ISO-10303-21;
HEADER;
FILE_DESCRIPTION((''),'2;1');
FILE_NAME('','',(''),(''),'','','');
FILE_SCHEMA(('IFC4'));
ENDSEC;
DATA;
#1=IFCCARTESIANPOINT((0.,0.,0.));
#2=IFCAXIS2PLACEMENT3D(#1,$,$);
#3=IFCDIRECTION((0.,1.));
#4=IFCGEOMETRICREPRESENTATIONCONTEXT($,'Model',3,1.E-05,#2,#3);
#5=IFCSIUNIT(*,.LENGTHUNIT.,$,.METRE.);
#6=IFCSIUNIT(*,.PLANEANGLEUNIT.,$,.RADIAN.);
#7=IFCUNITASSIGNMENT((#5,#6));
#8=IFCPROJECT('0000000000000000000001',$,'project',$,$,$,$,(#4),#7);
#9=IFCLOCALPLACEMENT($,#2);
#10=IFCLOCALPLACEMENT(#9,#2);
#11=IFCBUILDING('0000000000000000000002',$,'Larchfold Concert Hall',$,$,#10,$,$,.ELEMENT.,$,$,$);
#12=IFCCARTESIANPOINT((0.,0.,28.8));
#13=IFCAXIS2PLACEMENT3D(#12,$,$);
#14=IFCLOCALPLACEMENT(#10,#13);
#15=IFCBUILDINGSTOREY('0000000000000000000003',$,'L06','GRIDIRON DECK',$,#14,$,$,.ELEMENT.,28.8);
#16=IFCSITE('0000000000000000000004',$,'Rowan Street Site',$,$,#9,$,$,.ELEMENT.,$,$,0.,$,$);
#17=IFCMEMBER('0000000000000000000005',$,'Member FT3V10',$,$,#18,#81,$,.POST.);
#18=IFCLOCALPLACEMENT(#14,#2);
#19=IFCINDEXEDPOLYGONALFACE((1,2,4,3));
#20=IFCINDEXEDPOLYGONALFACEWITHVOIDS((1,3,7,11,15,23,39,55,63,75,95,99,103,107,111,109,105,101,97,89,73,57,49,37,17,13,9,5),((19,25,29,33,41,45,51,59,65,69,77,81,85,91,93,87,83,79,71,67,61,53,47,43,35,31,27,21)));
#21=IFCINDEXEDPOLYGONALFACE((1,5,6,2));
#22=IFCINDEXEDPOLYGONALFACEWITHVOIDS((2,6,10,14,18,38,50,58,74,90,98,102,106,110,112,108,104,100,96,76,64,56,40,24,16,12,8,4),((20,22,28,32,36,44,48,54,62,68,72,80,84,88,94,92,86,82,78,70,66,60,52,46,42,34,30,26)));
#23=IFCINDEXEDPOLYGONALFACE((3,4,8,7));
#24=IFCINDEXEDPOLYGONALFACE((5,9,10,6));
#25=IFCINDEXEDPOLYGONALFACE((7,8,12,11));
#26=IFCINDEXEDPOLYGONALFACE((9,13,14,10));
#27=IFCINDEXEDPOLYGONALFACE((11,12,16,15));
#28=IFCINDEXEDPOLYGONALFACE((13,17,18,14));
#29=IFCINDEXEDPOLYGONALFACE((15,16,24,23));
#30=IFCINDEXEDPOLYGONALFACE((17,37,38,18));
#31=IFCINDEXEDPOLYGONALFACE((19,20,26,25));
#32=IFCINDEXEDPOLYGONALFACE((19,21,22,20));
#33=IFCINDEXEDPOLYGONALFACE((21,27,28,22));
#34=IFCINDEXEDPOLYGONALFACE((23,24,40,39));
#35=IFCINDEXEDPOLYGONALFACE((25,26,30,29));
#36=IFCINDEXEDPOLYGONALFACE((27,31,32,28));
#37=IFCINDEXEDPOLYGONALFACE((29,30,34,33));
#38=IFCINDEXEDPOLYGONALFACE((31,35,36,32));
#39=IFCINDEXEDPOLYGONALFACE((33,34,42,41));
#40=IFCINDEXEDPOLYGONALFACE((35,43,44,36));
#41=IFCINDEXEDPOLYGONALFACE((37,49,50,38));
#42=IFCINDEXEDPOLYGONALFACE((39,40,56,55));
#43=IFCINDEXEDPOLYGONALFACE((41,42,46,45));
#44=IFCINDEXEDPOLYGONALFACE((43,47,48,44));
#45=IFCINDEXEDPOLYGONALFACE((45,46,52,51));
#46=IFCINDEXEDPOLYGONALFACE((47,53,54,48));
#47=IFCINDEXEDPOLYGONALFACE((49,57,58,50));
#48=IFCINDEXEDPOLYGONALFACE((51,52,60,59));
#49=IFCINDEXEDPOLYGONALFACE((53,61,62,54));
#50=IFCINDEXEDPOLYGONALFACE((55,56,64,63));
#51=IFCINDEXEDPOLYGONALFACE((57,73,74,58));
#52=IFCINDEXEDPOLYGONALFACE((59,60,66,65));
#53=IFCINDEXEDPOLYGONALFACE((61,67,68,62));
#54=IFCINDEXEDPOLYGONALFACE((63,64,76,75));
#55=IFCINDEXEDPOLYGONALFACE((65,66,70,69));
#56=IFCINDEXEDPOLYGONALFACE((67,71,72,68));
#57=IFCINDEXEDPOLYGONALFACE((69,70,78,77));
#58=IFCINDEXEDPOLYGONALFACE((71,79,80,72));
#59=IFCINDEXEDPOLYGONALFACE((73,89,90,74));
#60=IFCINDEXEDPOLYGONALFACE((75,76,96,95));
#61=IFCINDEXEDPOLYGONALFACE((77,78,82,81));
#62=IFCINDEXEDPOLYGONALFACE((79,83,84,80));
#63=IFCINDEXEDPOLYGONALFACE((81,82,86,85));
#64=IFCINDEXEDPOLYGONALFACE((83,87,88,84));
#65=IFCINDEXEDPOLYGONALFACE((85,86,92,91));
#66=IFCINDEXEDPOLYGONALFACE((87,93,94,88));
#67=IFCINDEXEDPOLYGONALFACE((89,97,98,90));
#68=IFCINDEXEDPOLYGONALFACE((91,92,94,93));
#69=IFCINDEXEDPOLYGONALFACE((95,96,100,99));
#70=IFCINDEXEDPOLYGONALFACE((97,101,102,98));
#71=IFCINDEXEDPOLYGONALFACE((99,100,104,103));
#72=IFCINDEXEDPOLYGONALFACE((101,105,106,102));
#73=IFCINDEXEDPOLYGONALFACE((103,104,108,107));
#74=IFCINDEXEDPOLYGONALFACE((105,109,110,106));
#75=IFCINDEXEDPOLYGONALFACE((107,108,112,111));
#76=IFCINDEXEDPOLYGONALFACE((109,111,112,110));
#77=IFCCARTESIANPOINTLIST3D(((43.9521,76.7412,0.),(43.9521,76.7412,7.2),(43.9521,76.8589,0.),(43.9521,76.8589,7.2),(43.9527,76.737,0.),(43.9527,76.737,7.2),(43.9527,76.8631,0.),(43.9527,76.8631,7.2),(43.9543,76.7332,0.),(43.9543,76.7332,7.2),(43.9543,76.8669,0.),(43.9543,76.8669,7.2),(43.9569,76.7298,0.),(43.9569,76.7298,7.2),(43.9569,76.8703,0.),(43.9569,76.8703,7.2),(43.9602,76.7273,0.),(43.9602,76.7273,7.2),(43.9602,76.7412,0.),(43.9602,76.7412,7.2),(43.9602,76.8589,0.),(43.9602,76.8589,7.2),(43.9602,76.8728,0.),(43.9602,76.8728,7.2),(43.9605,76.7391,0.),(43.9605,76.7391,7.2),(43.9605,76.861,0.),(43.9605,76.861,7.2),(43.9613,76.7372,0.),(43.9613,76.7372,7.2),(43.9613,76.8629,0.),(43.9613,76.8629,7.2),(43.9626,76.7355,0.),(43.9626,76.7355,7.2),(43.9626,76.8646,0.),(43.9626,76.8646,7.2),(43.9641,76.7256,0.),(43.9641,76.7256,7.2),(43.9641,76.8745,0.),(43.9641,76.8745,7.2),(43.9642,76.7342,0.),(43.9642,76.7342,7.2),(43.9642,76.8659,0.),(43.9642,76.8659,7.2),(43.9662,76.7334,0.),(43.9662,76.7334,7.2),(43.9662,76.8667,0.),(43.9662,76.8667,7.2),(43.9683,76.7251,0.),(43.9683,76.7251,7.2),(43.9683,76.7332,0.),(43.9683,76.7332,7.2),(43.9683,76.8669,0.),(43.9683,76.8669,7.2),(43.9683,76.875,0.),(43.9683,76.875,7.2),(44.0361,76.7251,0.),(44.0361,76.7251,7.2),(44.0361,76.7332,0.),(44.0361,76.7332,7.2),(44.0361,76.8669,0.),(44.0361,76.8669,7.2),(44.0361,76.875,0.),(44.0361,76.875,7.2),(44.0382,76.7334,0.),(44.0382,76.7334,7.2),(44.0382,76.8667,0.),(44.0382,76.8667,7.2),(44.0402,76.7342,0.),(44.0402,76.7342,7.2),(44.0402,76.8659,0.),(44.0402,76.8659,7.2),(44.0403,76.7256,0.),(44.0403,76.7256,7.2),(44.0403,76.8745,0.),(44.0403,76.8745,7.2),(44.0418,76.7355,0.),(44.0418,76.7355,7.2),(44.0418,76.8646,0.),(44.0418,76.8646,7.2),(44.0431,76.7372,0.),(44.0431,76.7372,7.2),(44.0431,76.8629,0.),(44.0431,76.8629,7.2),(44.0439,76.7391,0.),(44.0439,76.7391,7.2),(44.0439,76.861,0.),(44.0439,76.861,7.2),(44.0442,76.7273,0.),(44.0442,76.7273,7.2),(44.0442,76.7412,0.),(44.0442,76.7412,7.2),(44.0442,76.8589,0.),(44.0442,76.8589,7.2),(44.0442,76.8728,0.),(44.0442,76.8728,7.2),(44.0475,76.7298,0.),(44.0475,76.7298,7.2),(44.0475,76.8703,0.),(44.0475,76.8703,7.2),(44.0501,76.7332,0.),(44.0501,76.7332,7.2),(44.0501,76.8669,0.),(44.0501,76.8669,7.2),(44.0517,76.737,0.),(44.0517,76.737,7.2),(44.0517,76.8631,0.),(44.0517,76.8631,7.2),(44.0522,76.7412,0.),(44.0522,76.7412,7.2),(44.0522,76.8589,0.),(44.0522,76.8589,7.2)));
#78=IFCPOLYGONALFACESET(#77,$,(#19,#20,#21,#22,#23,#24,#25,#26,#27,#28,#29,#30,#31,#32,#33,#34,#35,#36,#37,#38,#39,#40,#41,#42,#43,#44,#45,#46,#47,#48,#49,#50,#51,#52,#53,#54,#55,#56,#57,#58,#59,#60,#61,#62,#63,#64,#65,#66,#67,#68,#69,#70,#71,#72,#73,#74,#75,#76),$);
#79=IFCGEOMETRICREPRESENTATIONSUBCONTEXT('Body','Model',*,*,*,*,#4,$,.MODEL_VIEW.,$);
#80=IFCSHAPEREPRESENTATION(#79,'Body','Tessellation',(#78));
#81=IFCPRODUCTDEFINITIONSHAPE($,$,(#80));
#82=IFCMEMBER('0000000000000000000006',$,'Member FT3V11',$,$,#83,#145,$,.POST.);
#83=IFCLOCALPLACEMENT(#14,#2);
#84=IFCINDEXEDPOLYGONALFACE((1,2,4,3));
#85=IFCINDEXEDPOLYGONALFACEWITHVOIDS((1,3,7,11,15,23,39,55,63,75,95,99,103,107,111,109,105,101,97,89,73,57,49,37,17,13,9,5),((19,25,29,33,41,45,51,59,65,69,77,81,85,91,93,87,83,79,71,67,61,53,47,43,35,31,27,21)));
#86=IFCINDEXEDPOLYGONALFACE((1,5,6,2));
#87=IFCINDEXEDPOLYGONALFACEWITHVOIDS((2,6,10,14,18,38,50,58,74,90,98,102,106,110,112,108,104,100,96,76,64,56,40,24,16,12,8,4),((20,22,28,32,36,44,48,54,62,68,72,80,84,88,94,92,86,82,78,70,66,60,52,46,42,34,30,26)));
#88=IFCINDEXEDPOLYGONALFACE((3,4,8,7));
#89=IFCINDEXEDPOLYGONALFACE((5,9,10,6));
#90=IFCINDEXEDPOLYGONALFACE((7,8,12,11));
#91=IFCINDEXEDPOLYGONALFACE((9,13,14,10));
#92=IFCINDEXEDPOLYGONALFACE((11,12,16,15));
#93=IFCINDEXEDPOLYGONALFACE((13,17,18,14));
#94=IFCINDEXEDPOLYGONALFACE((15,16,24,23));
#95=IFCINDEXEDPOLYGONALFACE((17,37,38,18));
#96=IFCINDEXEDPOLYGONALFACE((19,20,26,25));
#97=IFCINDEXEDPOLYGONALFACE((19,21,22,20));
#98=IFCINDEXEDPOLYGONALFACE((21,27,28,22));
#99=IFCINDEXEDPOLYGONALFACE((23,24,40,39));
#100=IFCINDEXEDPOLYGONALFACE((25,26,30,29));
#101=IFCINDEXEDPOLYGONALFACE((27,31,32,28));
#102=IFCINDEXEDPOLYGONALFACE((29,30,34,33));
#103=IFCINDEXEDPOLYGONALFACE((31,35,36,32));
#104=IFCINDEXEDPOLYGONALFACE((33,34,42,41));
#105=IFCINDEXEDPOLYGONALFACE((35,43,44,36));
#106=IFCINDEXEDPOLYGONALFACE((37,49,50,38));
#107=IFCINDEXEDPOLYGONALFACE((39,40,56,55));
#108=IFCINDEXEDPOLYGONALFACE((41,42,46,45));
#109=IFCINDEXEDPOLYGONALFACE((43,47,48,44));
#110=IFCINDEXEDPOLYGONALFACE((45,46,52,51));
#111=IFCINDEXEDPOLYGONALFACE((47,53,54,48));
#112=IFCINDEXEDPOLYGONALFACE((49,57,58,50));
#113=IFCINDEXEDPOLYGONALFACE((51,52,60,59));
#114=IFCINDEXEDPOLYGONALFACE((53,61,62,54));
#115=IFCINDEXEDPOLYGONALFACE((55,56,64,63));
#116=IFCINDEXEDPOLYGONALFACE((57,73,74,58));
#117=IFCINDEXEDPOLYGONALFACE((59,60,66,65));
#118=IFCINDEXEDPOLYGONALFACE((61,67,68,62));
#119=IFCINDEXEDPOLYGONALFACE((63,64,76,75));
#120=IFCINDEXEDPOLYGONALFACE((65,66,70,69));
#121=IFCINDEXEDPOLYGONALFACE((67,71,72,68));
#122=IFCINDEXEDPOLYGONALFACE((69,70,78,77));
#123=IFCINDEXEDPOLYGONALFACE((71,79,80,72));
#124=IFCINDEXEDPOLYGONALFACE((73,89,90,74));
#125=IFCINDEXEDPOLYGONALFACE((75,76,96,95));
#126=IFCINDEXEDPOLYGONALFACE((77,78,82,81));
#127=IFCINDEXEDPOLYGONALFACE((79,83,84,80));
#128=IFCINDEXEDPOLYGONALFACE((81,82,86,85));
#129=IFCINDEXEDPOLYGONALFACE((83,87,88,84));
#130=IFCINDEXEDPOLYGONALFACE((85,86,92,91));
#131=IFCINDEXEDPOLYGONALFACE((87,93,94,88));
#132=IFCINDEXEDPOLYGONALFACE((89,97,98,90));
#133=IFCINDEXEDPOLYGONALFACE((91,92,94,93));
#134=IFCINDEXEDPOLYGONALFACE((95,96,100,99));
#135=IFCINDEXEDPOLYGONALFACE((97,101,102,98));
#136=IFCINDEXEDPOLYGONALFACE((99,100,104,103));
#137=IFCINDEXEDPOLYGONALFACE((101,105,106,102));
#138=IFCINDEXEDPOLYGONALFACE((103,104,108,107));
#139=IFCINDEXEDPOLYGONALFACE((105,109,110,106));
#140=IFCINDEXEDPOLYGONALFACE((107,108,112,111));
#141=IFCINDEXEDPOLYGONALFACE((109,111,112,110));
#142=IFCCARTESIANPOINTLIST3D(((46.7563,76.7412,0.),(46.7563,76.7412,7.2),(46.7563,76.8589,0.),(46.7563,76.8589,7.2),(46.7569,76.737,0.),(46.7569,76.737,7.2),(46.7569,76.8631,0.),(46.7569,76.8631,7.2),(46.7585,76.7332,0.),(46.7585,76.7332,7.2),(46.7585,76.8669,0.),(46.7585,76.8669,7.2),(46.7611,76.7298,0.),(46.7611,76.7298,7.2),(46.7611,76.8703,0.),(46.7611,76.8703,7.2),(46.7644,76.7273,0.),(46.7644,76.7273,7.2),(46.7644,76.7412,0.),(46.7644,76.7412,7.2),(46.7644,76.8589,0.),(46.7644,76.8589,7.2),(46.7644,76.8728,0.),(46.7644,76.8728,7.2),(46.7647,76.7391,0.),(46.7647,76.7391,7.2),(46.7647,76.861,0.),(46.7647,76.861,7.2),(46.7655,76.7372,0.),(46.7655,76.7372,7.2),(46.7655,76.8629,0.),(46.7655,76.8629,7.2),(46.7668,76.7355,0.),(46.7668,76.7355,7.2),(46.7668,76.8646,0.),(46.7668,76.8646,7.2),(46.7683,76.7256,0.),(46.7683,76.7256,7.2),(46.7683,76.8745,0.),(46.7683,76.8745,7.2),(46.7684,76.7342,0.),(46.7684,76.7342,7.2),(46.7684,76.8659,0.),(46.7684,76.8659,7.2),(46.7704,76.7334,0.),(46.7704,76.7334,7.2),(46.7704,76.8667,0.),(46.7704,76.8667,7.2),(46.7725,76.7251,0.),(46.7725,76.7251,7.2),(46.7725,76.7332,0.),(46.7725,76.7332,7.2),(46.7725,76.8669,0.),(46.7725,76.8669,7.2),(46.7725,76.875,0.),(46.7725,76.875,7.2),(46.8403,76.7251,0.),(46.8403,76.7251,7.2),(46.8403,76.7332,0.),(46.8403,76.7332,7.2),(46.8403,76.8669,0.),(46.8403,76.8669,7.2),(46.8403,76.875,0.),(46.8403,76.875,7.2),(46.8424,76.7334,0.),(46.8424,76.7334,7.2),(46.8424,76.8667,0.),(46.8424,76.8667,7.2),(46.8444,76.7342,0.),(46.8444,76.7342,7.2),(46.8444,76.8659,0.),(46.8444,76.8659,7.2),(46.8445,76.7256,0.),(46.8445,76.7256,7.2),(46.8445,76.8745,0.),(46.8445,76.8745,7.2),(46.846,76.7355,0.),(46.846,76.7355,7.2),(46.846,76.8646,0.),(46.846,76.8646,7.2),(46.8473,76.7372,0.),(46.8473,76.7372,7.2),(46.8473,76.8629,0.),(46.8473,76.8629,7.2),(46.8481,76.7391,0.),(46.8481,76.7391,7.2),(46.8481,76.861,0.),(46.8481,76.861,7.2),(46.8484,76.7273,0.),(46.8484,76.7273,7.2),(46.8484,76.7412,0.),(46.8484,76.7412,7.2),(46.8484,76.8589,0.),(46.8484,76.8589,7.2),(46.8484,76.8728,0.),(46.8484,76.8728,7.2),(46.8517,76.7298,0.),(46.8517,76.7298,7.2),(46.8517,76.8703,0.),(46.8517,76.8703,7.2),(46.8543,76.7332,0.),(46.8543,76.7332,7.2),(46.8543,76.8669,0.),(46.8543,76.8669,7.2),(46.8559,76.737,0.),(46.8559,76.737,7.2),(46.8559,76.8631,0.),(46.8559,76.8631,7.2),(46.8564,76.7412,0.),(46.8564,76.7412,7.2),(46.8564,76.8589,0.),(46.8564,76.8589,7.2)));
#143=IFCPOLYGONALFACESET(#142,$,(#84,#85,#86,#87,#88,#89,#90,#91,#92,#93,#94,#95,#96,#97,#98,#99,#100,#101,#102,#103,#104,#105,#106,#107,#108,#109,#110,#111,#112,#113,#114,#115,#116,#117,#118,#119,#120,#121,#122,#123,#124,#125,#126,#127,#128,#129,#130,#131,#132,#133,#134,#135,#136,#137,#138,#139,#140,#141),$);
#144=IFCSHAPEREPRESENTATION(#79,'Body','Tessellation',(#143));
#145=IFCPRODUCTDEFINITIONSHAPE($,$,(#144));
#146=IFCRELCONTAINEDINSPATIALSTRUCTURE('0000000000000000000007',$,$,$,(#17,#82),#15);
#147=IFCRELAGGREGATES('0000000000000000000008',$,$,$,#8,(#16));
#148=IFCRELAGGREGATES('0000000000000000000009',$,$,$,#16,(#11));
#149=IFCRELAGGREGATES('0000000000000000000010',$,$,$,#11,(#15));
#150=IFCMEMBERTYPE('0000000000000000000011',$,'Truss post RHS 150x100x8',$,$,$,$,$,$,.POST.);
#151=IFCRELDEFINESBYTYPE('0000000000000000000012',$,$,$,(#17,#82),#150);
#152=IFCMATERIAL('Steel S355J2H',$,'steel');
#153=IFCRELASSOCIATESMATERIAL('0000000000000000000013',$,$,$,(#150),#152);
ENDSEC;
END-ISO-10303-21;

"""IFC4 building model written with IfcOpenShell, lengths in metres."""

from ifc_helpers import new_model, si_unit, direction, frame, origin, origin_2d, place, context, subcontext, project, spatial, hollow_rectangle, extrude, material, material_profile, profile_set, type_object, element, save


model = new_model("IFC4")

# Units and contexts
model_context = context("Model", 3, precision=1e-05, world=origin(), true_north=direction((0.0, 1.0)))
body_context = subcontext(model_context, "Body", "Model", "MODEL_VIEW")
ifc_project = project(units=[si_unit("LENGTHUNIT", "METRE"), si_unit("PLANEANGLEUNIT", "RADIAN")], contexts=[model_context])

# Site, building, storey
site_placement = place(None, origin())
site = spatial("IfcSite", under=ifc_project, at=site_placement, Name="Rowan Street Site", CompositionType="ELEMENT", RefElevation=0.0)
building_placement = place(site_placement, origin())
building = spatial("IfcBuilding", under=site, at=building_placement, Name="Larchfold Concert Hall", CompositionType="ELEMENT")
storey_placement = place(building_placement, frame((0.0, 0.0, 28.8)))
storey = spatial("IfcBuildingStorey", under=building, at=storey_placement, Name="L06", Description="GRIDIRON DECK", CompositionType="ELEMENT", Elevation=28.8)

# Members
ifc_material_1 = material(Name="Steel S355J2H", Category="steel")
ifc_material_profile_1 = material_profile(ifc_material_1, hollow_rectangle(XDim=0.1001, YDim=0.1499, WallThickness=0.0081, InnerFilletRadius=0.0081, OuterFilletRadius=0.0161, at=origin_2d()))
ifc_profile_set_1 = profile_set([ifc_material_profile_1], Name="Steel S355J2H")
member_type_1 = type_object("IfcMemberType", Name="Truss post RHS 150x100x8", PredefinedType="POST", material=ifc_profile_set_1)
for number, where, z_axis, x_axis, name in (
    (1, (44.0022, 76.8, 7.2), (0.0, 0.0, -1.0), (1.0, 0.0, 0.0), "Member FT3V10"),
    (2, (46.8064, 76.8, 7.2), (0.0, 0.0, -1.0), (1.0, 0.0, 0.0), "Member FT3V11"),
):
    element("IfcMember", number, at=place(storey_placement, frame(where, z_axis=z_axis, x_axis=x_axis)), inside=storey, type_object=member_type_1, Name=name, PredefinedType="POST", context=body_context, shape_type="SweptSolid", body=[
        extrude(hollow_rectangle(XDim=0.1001, YDim=0.1499, WallThickness=0.0081, InnerFilletRadius=0.0081, OuterFilletRadius=0.0161, at=origin_2d()), origin(), (0.0, 0.0, 1.0), 7.2),
    ])

save(model, "model.ifc")
